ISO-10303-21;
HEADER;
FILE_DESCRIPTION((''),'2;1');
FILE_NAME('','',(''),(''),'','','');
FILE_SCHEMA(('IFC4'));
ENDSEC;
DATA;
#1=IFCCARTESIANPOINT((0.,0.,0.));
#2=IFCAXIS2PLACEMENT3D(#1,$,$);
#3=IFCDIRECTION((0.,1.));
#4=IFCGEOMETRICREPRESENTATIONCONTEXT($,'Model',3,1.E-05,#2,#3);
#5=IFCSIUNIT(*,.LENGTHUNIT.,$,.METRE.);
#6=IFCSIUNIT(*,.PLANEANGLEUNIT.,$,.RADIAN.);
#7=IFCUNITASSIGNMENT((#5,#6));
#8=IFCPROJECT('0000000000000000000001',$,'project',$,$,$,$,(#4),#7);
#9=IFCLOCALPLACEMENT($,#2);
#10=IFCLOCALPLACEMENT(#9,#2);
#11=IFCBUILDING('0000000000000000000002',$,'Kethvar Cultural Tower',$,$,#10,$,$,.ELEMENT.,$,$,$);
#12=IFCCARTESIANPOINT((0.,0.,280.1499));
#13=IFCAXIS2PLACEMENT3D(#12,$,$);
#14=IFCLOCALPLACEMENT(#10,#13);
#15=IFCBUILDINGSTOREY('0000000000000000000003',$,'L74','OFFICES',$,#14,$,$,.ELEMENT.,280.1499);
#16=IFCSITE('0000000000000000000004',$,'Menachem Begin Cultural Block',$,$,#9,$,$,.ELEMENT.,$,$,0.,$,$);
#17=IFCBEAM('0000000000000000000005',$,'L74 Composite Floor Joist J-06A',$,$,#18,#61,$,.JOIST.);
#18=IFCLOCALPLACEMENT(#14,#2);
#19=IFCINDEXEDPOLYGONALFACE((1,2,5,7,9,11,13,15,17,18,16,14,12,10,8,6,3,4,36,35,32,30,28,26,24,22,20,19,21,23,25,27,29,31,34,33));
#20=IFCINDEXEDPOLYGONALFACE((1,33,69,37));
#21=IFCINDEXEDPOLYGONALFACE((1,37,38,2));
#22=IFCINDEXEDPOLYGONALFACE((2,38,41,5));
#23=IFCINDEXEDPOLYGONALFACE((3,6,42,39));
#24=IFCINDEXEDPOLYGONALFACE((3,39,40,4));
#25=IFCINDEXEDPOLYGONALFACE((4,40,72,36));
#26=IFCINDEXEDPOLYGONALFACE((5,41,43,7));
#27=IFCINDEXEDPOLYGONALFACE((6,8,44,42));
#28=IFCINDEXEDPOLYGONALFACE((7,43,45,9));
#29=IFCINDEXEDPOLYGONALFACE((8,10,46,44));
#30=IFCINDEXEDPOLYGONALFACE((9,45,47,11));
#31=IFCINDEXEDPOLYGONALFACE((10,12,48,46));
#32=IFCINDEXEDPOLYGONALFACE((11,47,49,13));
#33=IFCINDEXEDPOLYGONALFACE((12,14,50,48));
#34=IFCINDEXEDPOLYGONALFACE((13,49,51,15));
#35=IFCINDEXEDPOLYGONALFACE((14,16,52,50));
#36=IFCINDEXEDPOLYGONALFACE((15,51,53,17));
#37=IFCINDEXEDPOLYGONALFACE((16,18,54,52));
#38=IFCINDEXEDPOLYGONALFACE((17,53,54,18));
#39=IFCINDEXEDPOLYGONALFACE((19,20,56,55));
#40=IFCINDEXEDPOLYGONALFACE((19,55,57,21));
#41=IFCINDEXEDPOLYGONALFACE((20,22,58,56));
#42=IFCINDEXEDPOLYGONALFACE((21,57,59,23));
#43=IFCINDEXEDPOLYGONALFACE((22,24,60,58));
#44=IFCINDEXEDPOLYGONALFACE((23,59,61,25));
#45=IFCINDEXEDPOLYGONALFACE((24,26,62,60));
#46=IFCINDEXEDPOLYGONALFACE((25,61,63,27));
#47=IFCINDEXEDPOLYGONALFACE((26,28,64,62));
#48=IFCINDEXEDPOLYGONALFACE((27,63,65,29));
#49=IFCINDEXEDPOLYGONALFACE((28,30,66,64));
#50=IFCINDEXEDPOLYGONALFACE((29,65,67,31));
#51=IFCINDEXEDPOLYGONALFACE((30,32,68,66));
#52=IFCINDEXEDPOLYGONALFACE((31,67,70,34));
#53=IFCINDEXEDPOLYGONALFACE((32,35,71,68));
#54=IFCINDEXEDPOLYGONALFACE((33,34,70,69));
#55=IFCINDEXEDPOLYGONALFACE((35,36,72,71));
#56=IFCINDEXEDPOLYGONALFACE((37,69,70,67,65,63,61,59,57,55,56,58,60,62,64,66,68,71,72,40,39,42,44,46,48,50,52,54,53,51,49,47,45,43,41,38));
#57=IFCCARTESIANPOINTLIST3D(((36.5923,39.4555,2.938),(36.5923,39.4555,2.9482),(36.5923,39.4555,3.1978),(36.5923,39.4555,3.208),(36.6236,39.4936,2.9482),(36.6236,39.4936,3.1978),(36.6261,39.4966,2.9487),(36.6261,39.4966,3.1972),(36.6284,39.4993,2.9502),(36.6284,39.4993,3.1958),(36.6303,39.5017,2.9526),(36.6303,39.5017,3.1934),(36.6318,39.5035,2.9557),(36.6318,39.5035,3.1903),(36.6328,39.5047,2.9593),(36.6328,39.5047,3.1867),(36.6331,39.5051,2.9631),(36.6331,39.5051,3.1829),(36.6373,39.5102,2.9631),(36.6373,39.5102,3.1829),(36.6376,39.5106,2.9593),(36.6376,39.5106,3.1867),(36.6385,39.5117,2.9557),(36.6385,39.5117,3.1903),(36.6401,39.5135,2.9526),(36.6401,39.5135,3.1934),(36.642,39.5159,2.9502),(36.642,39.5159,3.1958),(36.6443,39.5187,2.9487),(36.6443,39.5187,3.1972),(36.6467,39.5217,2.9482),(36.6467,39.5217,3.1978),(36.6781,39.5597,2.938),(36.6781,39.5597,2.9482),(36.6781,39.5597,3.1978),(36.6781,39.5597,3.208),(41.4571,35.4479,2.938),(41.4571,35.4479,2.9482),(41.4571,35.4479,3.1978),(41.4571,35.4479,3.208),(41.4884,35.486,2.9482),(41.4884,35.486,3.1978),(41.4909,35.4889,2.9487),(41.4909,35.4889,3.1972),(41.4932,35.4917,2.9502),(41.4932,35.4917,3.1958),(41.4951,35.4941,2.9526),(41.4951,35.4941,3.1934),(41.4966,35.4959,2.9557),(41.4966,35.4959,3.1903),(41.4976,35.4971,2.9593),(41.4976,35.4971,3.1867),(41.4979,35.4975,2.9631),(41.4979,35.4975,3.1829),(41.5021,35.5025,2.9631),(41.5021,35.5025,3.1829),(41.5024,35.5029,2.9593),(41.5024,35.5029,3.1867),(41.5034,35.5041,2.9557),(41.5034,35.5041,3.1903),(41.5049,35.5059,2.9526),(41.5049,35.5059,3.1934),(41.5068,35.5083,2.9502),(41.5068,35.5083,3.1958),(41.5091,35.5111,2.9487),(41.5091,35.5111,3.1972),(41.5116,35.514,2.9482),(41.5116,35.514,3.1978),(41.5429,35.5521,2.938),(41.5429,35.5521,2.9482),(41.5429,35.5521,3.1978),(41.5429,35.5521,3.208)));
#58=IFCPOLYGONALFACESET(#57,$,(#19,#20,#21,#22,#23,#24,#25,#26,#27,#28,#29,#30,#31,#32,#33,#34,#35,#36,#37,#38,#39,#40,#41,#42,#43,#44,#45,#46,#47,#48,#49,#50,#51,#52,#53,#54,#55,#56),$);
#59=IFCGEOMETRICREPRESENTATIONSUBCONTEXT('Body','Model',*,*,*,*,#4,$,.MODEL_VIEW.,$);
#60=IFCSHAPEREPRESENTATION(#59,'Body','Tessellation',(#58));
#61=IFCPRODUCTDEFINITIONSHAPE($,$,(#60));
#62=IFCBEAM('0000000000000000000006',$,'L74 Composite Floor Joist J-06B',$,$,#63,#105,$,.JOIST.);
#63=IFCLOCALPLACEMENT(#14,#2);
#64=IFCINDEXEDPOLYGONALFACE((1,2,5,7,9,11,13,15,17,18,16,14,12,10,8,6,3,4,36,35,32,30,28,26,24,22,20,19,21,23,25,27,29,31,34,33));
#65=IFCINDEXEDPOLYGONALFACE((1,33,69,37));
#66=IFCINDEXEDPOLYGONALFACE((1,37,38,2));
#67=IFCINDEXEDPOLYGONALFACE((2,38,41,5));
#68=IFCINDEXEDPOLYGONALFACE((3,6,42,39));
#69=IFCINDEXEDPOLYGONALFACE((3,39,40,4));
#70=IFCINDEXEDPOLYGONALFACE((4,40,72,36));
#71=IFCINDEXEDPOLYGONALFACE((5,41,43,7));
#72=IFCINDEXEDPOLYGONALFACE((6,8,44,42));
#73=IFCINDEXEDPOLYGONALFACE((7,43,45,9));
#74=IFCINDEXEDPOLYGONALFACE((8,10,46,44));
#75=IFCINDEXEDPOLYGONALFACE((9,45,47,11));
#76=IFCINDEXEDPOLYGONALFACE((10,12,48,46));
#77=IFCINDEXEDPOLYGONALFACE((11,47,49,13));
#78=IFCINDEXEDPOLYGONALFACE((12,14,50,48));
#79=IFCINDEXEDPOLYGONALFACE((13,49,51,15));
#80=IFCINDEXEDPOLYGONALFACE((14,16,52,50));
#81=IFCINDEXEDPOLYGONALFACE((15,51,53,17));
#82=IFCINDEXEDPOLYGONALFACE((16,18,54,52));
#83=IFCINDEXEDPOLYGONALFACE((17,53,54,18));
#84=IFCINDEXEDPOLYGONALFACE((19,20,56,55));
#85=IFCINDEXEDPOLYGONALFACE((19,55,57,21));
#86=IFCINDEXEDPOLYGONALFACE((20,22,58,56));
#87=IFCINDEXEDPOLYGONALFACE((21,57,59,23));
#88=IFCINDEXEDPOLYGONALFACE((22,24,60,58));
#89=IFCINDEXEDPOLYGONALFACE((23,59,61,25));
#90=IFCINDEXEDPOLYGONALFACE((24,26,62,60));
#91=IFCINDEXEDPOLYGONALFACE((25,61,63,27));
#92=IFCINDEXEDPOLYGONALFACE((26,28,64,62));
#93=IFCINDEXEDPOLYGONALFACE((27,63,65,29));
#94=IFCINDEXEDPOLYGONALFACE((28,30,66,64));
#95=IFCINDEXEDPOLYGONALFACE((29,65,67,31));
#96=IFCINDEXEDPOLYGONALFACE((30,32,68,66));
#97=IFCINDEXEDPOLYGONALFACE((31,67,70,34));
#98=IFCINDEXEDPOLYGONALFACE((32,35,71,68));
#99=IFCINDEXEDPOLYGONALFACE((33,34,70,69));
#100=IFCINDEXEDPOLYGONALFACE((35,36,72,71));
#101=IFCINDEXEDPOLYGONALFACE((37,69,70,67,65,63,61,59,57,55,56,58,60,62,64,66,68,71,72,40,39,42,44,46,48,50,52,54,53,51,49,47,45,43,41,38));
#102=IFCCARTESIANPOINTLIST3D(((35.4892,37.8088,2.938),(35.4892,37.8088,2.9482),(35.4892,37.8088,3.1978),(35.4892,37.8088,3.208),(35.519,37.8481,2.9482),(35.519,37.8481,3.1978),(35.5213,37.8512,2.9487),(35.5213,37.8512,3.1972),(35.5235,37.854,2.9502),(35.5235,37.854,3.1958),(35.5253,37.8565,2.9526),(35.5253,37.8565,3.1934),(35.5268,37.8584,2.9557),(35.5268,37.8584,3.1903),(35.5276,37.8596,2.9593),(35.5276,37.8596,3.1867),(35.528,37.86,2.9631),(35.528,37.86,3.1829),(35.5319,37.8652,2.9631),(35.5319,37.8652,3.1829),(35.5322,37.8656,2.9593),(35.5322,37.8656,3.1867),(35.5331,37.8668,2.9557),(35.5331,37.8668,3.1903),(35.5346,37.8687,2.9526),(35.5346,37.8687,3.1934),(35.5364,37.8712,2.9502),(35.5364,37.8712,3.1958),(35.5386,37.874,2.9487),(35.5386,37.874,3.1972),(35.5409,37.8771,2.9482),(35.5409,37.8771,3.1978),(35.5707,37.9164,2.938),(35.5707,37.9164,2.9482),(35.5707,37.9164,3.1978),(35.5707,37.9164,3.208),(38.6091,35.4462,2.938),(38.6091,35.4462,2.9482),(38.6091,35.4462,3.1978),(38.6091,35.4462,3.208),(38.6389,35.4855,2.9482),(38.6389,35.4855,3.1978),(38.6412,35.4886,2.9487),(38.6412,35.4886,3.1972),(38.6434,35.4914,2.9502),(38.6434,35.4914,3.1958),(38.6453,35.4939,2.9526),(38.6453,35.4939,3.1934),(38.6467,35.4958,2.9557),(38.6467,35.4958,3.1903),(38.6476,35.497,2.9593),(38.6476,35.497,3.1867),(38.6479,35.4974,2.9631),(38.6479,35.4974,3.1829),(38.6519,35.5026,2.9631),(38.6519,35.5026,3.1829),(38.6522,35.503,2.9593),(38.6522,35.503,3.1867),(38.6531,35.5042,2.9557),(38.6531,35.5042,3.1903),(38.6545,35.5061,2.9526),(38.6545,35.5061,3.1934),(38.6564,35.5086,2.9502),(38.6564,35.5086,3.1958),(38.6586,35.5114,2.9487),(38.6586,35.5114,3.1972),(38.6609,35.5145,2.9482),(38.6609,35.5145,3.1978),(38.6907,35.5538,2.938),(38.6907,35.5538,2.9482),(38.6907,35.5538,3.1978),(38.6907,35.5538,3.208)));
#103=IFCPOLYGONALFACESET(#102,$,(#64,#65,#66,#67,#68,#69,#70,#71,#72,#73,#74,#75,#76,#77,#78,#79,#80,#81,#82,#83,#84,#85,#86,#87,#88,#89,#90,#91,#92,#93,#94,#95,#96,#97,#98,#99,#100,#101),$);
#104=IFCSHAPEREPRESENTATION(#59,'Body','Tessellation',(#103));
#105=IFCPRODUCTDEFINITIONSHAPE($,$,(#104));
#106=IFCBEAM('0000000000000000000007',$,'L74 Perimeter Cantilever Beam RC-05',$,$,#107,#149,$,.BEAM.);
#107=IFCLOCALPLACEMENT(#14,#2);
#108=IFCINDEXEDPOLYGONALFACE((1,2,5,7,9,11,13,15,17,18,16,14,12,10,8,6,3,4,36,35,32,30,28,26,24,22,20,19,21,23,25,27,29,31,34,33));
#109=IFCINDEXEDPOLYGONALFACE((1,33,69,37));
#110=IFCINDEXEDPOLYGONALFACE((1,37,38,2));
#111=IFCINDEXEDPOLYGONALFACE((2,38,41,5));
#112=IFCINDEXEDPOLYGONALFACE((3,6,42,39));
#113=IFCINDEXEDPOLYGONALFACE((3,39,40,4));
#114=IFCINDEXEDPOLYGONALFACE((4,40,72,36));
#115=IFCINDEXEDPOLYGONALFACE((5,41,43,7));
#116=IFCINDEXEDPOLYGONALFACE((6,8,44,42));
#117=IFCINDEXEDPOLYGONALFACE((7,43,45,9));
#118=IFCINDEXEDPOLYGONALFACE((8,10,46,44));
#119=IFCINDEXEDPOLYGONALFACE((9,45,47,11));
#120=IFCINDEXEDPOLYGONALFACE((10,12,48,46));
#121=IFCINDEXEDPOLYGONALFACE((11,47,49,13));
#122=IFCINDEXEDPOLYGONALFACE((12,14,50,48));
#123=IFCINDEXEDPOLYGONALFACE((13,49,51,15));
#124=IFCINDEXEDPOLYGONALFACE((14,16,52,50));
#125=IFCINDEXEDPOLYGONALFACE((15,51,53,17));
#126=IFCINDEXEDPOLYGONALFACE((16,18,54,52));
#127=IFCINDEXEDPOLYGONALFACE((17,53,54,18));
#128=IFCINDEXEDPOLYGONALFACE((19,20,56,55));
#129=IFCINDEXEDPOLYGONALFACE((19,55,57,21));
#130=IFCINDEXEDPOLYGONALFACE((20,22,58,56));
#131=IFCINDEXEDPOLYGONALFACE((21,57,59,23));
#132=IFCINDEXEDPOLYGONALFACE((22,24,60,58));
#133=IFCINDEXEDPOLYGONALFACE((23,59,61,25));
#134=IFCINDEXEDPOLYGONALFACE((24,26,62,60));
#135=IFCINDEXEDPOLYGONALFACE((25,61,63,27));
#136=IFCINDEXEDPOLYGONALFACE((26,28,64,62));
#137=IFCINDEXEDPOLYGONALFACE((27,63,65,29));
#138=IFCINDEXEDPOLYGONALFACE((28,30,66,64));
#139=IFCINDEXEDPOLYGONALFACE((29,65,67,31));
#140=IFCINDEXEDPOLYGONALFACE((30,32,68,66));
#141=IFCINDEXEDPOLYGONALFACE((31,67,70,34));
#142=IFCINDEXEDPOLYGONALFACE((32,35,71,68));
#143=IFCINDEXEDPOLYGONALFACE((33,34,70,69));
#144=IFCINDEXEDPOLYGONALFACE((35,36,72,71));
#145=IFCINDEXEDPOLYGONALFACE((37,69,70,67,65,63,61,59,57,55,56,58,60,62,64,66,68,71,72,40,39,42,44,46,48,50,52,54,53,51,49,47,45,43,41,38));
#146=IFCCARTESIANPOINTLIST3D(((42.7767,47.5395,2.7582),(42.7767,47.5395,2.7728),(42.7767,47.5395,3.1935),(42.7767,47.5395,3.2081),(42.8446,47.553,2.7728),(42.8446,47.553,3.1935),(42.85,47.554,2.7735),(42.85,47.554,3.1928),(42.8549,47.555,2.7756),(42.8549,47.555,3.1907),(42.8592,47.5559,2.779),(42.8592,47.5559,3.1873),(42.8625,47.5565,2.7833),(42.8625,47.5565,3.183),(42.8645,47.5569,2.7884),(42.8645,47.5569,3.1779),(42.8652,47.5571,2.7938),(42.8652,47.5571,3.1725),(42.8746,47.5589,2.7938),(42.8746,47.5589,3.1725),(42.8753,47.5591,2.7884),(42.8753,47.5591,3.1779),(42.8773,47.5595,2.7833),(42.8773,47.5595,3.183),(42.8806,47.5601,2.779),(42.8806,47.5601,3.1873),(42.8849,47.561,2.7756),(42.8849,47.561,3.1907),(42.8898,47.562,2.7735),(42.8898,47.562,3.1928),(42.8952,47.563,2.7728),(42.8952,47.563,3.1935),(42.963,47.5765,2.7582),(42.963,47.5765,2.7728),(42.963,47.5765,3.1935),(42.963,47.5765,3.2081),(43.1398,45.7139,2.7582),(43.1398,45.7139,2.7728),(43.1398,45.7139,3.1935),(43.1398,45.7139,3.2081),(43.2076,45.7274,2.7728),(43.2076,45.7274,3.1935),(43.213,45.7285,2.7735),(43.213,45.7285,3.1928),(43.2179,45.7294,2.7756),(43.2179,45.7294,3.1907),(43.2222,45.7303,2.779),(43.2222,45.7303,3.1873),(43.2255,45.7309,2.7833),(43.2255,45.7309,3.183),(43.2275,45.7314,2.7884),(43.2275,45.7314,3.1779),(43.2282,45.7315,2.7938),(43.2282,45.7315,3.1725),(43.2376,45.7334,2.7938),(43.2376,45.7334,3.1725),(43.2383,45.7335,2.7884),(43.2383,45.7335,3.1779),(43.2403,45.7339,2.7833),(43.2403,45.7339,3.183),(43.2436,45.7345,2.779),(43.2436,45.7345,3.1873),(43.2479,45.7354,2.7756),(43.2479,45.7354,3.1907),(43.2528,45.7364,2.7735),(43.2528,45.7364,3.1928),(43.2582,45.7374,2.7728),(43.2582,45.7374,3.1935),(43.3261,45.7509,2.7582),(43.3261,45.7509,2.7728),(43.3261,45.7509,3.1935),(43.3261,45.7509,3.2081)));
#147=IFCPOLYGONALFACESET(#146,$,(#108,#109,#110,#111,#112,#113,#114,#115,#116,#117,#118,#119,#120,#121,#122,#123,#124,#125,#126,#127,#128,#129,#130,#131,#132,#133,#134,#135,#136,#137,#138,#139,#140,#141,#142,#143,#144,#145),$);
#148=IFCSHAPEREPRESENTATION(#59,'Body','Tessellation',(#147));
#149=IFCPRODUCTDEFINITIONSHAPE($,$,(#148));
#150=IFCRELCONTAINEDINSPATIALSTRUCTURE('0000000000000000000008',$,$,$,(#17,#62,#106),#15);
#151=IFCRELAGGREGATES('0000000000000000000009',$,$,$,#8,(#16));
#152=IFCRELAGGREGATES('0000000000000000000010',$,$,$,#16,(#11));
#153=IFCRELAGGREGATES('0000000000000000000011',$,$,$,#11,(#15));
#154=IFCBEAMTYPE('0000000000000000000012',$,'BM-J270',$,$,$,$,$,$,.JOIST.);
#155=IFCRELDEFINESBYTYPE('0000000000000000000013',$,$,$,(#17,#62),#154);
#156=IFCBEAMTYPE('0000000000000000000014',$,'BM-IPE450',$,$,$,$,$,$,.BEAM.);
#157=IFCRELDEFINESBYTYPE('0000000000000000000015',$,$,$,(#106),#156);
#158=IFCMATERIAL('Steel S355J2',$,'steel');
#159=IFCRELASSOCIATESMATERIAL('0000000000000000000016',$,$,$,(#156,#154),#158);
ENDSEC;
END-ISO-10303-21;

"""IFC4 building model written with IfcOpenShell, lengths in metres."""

from ifc_helpers import new_model, si_unit, direction, frame, origin, origin_2d, place, context, subcontext, project, spatial, i_section, extrude, source, transform, mapped, material, material_profile, profile_set, type_object, element, save


model = new_model("IFC4")

# Units and contexts
model_context = context("Model", 3, precision=1e-05, world=origin(), true_north=direction((0.0, 1.0)))
body_context = subcontext(model_context, "Body", "Model", "MODEL_VIEW")
ifc_project = project(units=[si_unit("LENGTHUNIT", "METRE"), si_unit("PLANEANGLEUNIT", "RADIAN")], contexts=[model_context])

# Site, building, storey
site_placement = place(None, origin())
site = spatial("IfcSite", under=ifc_project, at=site_placement, Name="Menachem Begin Cultural Block", CompositionType="ELEMENT", RefElevation=0.0)
building_placement = place(site_placement, origin())
building = spatial("IfcBuilding", under=site, at=building_placement, Name="Kethvar Cultural Tower", CompositionType="ELEMENT")
storey_placement = place(building_placement, frame((0.0, 0.0, 280.1499)))
storey = spatial("IfcBuildingStorey", under=building, at=storey_placement, Name="L74", Description="OFFICES", CompositionType="ELEMENT", Elevation=280.1499)

# Shared definitions
ifc_material_1 = material(Name="Steel S355J2", Category="steel")

# Beams
ifc_material_profile_1 = material_profile(ifc_material_1, i_section(OverallWidth=0.1899, OverallDepth=0.45, WebThickness=0.0095, FlangeThickness=0.0146, FilletRadius=0.021, at=origin_2d()), Name="Steel S355J2 — IPE450")
ifc_profile_set_1 = profile_set([ifc_material_profile_1], Name="Steel S355J2 — IPE450")
beam_type_1 = type_object("IfcBeamType", Name="BM-IPE450", PredefinedType="BEAM", material=ifc_profile_set_1)
ifc_material_profile_2 = material_profile(ifc_material_1, i_section(OverallWidth=0.135, OverallDepth=0.27, WebThickness=0.0066, FlangeThickness=0.0103, FilletRadius=0.0149, at=origin_2d()), Name="Steel S355J2 — IPE270")
ifc_profile_set_2 = profile_set([ifc_material_profile_2], Name="Steel S355J2 — IPE270")
beam_type_2 = type_object("IfcBeamType", Name="BM-J270", PredefinedType="JOIST", material=ifc_profile_set_2)
shared_shape_1 = source(origin(), body_context, "Body", "SweptSolid", [
    extrude(i_section(OverallWidth=0.135, OverallDepth=0.27, WebThickness=0.0066, FlangeThickness=0.0103, FilletRadius=0.0149, at=origin_2d()), origin(), (0.0, 0.0, 1.0), 6.303),
])
beam_1_placement = place(storey_placement, frame((41.5, 35.5, 3.073), z_axis=(-0.771828, 0.635831, 0.0), x_axis=(-0.635831, -0.771828, 0.0)))
element("IfcBeam", 1, at=beam_1_placement, inside=storey, type_object=beam_type_2, Name="L74 Composite Floor Joist J-06A", PredefinedType="JOIST", context=body_context, shape_type="MappedRepresentation", body=[
    mapped(shared_shape_1, transform((0.0, 0.0, 0.0), scale=1.0)),
])
shared_shape_2 = source(origin(), body_context, "Body", "SweptSolid", [
    extrude(i_section(OverallWidth=0.135, OverallDepth=0.27, WebThickness=0.0066, FlangeThickness=0.0103, FilletRadius=0.0149, at=origin_2d()), origin(), (0.0, 0.0, 1.0), 3.9136),
])
beam_2_placement = place(storey_placement, frame((38.6499, 35.5, 3.073), z_axis=(-0.797214, 0.603697, 0.0), x_axis=(-0.603697, -0.797214, 0.0)))
element("IfcBeam", 2, at=beam_2_placement, inside=storey, type_object=beam_type_2, Name="L74 Composite Floor Joist J-06B", PredefinedType="JOIST", context=body_context, shape_type="MappedRepresentation", body=[
    mapped(shared_shape_2, transform((0.0, 0.0, 0.0), scale=1.0)),
])
shared_shape_3 = source(origin(), body_context, "Body", "SweptSolid", [
    extrude(i_section(OverallWidth=0.1899, OverallDepth=0.45, WebThickness=0.0095, FlangeThickness=0.0146, FilletRadius=0.021, at=origin_2d()), origin(), (0.0, 0.0, 1.0), 1.8613),
])
beam_3_placement = place(storey_placement, frame((43.2329, 45.7324, 2.9832), z_axis=(-0.195031, 0.980797, 0.0), x_axis=(-0.980797, -0.195031, 0.0)))
element("IfcBeam", 3, at=beam_3_placement, inside=storey, type_object=beam_type_1, Name="L74 Perimeter Cantilever Beam RC-05", PredefinedType="BEAM", context=body_context, shape_type="MappedRepresentation", body=[
    mapped(shared_shape_3, transform((0.0, 0.0, 0.0), scale=1.0)),
])

save(model, "model.ifc")
